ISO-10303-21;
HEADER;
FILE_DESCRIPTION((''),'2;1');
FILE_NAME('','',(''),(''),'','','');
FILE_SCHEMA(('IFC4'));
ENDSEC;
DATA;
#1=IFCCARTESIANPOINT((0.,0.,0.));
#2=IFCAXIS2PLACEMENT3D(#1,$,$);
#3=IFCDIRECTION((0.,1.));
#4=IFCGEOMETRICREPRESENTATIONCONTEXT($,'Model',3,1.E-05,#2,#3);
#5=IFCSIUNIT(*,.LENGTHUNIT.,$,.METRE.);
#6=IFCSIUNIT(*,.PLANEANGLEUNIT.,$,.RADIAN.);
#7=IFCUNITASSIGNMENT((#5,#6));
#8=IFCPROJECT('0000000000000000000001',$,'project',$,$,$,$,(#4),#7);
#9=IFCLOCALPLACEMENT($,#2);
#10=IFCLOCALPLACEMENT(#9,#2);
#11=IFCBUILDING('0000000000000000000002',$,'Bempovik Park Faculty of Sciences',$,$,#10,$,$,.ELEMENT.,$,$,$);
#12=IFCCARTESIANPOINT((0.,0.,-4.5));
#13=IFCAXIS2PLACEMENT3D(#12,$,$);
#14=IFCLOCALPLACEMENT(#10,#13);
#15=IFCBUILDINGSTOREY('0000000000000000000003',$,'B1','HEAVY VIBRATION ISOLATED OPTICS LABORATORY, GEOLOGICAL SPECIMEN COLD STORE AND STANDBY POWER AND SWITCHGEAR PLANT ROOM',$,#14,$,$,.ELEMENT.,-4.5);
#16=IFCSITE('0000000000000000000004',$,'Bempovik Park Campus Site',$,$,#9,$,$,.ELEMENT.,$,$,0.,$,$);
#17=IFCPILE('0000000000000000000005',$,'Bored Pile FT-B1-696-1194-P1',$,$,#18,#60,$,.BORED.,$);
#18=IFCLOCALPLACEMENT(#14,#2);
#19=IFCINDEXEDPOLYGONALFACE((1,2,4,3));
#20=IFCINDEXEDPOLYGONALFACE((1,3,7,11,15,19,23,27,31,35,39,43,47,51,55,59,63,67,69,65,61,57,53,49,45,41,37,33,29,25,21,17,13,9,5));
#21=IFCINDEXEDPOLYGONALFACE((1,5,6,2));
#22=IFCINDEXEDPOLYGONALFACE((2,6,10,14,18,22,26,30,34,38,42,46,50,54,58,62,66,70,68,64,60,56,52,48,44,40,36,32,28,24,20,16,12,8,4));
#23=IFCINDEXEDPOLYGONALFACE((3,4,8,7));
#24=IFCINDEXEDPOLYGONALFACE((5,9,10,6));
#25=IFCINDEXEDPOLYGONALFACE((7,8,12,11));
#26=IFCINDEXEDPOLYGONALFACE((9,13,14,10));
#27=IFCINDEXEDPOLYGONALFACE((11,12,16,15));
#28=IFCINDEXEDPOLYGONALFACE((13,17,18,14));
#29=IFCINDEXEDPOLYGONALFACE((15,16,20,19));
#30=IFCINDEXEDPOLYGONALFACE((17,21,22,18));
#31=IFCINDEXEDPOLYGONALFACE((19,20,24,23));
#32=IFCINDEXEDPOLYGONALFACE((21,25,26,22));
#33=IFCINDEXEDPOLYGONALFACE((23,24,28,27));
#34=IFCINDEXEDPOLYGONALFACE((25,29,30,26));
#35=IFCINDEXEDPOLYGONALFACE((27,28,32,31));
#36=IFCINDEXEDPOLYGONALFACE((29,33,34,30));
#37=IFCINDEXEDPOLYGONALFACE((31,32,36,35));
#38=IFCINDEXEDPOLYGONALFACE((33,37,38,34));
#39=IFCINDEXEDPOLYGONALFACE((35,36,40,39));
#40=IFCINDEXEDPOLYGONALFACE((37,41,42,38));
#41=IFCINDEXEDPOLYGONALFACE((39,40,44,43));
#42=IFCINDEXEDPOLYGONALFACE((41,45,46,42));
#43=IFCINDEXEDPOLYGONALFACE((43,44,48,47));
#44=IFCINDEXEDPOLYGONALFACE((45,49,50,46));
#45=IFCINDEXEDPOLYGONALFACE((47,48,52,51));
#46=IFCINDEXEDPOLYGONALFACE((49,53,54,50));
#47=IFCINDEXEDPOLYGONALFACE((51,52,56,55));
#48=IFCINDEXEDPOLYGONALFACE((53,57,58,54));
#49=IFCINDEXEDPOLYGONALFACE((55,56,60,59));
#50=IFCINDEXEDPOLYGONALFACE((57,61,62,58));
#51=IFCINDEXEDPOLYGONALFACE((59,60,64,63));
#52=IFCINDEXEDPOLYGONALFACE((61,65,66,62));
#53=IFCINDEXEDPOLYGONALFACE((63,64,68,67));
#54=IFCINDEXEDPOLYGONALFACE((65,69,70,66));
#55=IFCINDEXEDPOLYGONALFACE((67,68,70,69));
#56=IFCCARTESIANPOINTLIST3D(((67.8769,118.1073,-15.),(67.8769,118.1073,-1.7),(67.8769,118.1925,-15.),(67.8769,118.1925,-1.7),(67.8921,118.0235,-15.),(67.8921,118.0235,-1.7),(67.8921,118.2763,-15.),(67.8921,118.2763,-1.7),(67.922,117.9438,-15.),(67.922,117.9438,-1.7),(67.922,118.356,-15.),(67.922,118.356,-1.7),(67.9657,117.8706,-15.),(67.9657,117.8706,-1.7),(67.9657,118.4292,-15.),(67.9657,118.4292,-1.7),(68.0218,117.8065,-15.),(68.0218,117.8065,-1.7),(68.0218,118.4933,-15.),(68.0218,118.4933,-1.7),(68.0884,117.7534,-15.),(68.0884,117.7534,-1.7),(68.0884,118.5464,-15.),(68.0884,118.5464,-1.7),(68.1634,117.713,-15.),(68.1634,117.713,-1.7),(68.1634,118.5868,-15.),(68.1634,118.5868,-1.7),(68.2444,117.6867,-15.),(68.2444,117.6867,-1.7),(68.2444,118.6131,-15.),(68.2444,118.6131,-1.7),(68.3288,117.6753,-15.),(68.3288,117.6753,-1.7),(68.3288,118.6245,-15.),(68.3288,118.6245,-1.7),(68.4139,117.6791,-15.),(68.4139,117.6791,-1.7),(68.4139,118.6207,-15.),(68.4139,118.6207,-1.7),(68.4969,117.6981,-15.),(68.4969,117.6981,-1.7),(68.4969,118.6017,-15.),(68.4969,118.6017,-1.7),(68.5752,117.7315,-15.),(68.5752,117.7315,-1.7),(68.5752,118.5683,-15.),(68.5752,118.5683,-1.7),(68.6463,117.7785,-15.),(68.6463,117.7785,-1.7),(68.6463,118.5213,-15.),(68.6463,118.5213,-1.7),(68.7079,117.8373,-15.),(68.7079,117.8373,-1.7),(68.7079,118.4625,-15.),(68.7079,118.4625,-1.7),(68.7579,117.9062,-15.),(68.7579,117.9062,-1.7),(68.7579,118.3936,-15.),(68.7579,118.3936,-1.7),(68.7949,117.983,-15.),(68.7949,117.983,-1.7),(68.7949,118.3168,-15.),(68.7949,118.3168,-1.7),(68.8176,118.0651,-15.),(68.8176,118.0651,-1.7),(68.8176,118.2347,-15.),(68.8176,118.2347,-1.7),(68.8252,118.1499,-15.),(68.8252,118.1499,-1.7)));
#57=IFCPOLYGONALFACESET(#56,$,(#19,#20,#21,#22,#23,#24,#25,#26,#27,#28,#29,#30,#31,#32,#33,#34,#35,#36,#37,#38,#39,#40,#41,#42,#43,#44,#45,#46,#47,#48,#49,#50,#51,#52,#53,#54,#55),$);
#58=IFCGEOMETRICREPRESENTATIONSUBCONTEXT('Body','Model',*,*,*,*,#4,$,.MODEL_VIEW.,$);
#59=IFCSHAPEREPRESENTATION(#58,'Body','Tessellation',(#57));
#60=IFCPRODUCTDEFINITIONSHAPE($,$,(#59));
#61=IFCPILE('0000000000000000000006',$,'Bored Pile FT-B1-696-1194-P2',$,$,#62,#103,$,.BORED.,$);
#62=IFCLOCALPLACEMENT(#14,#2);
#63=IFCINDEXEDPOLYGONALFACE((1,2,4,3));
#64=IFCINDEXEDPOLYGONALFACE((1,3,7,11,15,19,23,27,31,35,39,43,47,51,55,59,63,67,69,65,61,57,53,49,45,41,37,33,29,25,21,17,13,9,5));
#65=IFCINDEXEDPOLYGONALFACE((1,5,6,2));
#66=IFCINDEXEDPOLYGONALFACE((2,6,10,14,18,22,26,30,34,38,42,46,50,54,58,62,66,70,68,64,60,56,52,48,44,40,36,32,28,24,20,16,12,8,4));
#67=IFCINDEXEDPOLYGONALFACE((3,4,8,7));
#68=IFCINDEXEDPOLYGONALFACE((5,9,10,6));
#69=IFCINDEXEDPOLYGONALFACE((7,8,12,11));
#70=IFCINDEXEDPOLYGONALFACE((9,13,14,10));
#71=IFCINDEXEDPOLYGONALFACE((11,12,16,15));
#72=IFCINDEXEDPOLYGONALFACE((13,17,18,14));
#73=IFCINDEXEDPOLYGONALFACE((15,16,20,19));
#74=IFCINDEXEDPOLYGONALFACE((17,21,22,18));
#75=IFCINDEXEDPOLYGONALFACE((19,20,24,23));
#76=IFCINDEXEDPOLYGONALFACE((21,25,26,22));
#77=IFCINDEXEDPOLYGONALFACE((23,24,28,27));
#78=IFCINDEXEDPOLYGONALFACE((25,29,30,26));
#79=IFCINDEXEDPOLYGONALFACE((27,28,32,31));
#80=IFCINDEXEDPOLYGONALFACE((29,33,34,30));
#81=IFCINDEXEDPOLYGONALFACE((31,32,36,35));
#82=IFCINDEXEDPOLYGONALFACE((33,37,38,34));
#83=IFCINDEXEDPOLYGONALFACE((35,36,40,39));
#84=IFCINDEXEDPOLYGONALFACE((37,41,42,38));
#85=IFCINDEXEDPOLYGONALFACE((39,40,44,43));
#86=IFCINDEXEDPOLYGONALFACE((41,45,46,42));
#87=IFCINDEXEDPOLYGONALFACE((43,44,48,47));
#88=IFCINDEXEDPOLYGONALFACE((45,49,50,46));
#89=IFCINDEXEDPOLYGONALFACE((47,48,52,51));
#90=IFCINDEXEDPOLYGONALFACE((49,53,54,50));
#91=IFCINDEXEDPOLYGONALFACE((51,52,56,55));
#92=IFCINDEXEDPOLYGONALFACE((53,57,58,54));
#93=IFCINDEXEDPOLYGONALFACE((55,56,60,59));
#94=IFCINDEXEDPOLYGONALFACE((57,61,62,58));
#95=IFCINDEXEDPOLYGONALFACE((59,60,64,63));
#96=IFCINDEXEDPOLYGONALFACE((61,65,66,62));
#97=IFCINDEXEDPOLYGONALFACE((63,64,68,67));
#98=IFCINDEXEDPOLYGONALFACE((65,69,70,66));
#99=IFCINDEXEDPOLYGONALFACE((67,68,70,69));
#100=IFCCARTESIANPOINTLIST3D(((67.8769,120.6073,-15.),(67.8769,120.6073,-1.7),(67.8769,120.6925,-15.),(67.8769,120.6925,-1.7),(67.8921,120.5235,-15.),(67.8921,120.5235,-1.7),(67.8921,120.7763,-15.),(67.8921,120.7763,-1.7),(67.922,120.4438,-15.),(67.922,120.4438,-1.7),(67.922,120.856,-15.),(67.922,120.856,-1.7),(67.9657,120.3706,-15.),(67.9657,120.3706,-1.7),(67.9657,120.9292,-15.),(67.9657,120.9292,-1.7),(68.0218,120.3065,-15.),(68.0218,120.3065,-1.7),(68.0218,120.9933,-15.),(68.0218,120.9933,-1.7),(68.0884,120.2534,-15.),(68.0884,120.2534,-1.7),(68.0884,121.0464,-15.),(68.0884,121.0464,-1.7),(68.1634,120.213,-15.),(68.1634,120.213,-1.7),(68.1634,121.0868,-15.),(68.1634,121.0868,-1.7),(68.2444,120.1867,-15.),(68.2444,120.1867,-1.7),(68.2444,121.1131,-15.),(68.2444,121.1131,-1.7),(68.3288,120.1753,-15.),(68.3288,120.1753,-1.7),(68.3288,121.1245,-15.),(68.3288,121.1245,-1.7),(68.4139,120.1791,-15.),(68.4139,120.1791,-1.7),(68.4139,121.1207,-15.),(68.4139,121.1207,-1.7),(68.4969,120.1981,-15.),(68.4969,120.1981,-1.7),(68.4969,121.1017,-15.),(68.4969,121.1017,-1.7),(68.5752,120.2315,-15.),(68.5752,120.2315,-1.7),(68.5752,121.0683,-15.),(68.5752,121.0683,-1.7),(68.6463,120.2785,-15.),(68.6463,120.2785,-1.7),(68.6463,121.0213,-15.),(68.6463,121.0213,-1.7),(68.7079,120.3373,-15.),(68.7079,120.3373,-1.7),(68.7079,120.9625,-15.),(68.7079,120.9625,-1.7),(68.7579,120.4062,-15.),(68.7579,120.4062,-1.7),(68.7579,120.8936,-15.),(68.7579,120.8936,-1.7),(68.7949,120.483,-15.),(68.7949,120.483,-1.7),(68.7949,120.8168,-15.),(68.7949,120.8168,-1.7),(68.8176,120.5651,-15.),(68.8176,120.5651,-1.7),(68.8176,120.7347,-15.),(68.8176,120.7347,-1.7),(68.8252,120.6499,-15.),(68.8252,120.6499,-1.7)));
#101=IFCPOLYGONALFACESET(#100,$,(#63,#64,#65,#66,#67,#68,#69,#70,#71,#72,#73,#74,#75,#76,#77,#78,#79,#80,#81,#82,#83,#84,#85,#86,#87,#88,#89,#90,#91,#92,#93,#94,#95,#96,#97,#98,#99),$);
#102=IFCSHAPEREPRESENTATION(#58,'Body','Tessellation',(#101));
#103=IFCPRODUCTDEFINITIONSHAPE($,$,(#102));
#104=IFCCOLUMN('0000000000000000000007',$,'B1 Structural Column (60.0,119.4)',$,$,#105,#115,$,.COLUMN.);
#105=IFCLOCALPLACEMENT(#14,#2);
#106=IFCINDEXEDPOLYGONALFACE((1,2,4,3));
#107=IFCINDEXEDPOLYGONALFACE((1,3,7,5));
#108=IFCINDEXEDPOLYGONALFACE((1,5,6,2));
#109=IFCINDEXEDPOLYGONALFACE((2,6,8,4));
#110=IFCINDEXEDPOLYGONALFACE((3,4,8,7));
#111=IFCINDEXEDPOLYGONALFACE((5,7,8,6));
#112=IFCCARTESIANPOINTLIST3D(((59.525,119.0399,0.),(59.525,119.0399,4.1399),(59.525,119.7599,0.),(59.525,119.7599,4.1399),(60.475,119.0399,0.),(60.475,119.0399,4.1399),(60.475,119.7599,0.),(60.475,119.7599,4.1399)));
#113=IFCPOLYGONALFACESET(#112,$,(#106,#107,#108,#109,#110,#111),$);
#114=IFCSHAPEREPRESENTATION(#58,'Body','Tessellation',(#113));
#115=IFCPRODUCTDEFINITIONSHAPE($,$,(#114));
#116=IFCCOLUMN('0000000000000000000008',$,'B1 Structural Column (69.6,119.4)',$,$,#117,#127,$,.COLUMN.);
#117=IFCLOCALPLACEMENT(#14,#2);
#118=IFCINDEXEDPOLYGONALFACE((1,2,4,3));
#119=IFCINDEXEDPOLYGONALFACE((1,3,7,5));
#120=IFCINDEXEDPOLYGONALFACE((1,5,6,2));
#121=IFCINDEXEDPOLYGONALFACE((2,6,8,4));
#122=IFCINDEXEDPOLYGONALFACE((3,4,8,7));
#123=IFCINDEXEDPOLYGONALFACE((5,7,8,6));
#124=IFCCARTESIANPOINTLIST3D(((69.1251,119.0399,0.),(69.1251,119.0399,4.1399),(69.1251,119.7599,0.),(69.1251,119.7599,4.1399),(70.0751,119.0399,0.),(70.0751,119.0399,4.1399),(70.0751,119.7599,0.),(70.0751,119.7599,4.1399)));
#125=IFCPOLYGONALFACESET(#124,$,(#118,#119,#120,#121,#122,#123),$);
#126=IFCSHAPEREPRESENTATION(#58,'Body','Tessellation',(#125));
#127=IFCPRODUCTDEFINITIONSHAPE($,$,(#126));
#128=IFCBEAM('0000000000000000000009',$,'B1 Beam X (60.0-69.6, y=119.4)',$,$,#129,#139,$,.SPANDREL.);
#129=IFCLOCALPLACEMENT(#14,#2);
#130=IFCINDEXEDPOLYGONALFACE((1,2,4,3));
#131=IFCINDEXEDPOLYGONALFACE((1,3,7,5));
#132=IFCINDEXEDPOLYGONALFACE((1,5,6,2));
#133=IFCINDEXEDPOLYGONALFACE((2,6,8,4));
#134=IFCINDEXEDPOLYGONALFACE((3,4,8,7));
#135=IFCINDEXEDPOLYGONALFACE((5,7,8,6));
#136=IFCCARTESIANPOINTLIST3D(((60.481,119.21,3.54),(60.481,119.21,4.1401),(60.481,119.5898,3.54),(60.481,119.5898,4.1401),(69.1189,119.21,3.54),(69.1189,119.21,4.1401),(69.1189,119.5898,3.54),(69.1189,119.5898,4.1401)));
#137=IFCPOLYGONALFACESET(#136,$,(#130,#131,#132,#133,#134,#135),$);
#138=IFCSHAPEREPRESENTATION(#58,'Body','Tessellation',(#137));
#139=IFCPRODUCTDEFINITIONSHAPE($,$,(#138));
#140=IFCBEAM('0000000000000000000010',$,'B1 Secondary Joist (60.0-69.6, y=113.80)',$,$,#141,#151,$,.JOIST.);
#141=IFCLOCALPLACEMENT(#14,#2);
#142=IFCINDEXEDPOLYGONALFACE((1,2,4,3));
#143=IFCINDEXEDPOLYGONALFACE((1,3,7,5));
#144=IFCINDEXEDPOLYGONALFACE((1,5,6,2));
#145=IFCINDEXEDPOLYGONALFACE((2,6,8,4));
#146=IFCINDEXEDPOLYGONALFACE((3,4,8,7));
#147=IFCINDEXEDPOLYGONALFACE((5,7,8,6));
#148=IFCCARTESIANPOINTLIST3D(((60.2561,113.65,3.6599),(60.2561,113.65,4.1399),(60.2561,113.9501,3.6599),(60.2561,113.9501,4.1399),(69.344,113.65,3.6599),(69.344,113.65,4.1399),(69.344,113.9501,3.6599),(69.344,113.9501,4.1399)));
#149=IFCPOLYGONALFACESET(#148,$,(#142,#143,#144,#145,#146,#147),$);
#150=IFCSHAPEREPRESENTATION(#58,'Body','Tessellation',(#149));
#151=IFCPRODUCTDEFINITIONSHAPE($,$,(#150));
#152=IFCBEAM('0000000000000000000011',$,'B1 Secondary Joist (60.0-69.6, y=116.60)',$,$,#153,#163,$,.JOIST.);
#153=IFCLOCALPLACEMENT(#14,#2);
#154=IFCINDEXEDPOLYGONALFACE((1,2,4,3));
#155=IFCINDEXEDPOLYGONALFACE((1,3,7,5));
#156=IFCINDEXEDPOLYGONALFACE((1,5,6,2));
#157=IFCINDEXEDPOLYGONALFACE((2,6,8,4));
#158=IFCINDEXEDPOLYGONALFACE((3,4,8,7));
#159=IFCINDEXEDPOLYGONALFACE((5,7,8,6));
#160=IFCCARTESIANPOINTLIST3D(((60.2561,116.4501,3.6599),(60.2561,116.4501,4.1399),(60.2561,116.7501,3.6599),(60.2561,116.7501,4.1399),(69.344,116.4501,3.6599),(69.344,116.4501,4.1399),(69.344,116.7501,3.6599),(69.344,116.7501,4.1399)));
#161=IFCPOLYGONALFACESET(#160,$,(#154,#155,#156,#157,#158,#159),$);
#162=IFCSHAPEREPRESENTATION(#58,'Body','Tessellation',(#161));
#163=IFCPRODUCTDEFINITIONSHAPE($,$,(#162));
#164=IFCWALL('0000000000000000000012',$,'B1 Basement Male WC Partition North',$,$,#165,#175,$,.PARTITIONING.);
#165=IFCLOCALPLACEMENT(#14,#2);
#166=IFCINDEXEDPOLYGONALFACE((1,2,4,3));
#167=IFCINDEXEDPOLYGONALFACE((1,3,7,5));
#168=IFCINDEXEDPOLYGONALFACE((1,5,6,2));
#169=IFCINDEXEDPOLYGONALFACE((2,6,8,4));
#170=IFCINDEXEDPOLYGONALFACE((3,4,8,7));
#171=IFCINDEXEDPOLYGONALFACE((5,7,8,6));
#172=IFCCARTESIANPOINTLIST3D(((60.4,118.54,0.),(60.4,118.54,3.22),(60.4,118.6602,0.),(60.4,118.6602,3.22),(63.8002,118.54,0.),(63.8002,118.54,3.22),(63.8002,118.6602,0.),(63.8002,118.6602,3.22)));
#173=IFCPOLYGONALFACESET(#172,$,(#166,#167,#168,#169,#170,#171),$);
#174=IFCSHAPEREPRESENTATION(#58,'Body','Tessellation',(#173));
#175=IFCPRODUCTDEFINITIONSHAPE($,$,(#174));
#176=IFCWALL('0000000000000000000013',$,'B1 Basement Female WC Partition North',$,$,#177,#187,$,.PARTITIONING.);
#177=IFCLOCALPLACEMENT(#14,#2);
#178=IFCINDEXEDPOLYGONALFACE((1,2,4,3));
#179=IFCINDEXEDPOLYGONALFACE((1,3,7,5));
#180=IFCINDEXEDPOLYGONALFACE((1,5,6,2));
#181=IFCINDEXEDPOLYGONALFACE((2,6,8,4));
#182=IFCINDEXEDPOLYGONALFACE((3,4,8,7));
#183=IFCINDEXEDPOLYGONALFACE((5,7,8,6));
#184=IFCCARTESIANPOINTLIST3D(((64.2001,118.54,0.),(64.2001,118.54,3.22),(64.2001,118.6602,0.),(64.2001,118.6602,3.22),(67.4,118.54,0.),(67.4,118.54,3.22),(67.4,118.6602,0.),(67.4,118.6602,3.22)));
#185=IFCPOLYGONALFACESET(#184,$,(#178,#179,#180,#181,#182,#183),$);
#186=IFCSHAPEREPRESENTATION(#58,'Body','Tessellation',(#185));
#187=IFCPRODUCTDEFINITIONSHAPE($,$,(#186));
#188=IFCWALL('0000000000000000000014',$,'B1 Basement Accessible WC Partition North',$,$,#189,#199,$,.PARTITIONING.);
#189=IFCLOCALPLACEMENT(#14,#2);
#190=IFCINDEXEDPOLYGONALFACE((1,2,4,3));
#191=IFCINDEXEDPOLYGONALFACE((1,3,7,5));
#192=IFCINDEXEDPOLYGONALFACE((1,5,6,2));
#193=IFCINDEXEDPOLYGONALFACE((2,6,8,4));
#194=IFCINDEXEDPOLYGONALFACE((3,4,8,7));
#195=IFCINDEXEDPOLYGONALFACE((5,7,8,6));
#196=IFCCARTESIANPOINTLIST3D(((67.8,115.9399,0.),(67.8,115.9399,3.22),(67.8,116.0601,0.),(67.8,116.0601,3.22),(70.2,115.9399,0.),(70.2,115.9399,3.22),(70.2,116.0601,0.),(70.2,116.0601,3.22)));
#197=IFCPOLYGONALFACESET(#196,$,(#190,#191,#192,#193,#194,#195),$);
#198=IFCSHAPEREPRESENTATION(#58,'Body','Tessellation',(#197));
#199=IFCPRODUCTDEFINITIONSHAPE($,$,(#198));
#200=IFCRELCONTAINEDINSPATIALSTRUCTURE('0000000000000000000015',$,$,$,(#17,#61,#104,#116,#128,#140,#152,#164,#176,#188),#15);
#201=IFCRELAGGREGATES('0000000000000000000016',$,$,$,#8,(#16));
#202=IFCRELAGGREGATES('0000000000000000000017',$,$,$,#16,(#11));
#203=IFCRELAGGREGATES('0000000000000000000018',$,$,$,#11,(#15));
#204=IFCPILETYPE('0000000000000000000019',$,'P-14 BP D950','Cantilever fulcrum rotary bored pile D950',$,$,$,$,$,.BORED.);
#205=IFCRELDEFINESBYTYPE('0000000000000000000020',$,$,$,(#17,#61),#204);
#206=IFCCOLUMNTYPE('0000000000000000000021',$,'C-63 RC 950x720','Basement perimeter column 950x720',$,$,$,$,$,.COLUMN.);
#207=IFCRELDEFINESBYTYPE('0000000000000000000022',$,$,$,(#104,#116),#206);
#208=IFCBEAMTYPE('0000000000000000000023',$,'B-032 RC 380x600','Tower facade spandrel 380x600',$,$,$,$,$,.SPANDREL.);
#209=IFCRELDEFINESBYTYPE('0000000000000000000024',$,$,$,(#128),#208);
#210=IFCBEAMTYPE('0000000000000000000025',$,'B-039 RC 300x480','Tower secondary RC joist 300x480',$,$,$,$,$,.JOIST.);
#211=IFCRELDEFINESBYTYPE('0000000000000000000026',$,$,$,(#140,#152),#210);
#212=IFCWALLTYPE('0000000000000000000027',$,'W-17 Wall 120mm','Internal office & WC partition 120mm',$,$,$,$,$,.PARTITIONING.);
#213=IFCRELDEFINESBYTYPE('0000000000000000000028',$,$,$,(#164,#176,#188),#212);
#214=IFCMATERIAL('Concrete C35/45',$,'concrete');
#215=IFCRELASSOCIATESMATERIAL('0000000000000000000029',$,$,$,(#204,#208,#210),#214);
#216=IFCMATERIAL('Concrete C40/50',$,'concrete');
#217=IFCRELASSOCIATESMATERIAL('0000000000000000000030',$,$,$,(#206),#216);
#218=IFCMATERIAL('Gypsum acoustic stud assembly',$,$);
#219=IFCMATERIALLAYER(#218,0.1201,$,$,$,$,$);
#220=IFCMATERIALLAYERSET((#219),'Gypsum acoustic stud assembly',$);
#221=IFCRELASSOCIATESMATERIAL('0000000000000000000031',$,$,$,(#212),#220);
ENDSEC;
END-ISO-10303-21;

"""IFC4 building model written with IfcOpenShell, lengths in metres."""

from ifc_helpers import new_model, si_unit, direction, frame, frame_2d, origin, origin_2d, place, context, subcontext, project, spatial, rectangle, circle, extrude, material, layer, layer_set, material_profile, profile_set, type_object, element, save


model = new_model("IFC4")

# Units and contexts
model_context = context("Model", 3, precision=1e-05, world=origin(), true_north=direction((0.0, 1.0)))
body_context = subcontext(model_context, "Body", "Model", "MODEL_VIEW")
ifc_project = project(units=[si_unit("LENGTHUNIT", "METRE"), si_unit("PLANEANGLEUNIT", "RADIAN")], contexts=[model_context])

# Site, building, storey
site_placement = place(None, origin())
site = spatial("IfcSite", under=ifc_project, at=site_placement, Name="Bempovik Park Campus Site", CompositionType="ELEMENT", RefElevation=0.0)
building_placement = place(site_placement, origin())
building = spatial("IfcBuilding", under=site, at=building_placement, Name="Bempovik Park Faculty of Sciences", CompositionType="ELEMENT")
storey_placement = place(building_placement, frame((0.0, 0.0, -4.5)))
storey = spatial("IfcBuildingStorey", under=building, at=storey_placement, Name="B1", Description="HEAVY VIBRATION ISOLATED OPTICS LABORATORY, GEOLOGICAL SPECIMEN COLD STORE AND STANDBY POWER AND SWITCHGEAR PLANT ROOM", CompositionType="ELEMENT", Elevation=-4.5)

# Shared definitions
ifc_material_1 = material(Name="Concrete C35/45", Category="concrete")

# Piles
ifc_material_profile_1 = material_profile(ifc_material_1, circle(Radius=0.4751, at=origin_2d()), Name="BP D950")
ifc_profile_set_1 = profile_set([ifc_material_profile_1], Name="Concrete C35/45")
pile_type = type_object("IfcPileType", Name="P-14 BP D950", Description="Cantilever fulcrum rotary bored pile D950", PredefinedType="BORED", material=ifc_profile_set_1)
for number, where, z_axis, x_axis, name in (
    (1, (68.3501, 118.1499, -1.7), (0.0, 0.0, -1.0), (1.0, 0.0, 0.0), "Bored Pile FT-B1-696-1194-P1"),
    (2, (68.3501, 120.6499, -1.7), (0.0, 0.0, -1.0), (1.0, 0.0, 0.0), "Bored Pile FT-B1-696-1194-P2"),
):
    element("IfcPile", number, at=place(storey_placement, frame(where, z_axis=z_axis, x_axis=x_axis)), inside=storey, type_object=pile_type, Name=name, PredefinedType="BORED", context=body_context, shape_type="SweptSolid", body=[
        extrude(circle(Radius=0.4751, at=origin_2d()), origin(), (0.0, 0.0, 1.0), 13.3),
    ])

# Columns
ifc_material_2 = material(Name="Concrete C40/50", Category="concrete")
ifc_material_profile_2 = material_profile(ifc_material_2, rectangle(XDim=0.95, YDim=0.72, at=origin_2d()), Name="RC 950x720")
ifc_profile_set_2 = profile_set([ifc_material_profile_2], Name="Concrete C40/50")
column_type = type_object("IfcColumnType", Name="C-63 RC 950x720", Description="Basement perimeter column 950x720", PredefinedType="COLUMN", material=ifc_profile_set_2)
for number, where, z_axis, x_axis, name in (
    (3, (60.0, 119.3999, 0.0), (0.0, 0.0, 1.0), (1.0, 0.0, 0.0), "B1 Structural Column (60.0,119.4)"),
    (4, (69.6001, 119.3999, 0.0), (0.0, 0.0, 1.0), (1.0, 0.0, 0.0), "B1 Structural Column (69.6,119.4)"),
):
    element("IfcColumn", number, at=place(storey_placement, frame(where, z_axis=z_axis, x_axis=x_axis)), inside=storey, type_object=column_type, Name=name, PredefinedType="COLUMN", context=body_context, shape_type="SweptSolid", body=[
        extrude(rectangle(XDim=0.95, YDim=0.72, at=origin_2d()), origin(), (0.0, 0.0, 1.0), 4.1399),
    ])

# Beams
ifc_material_profile_3 = material_profile(ifc_material_1, rectangle(XDim=0.3799, YDim=0.6001, at=origin_2d()), Name="RC 380x600")
ifc_profile_set_3 = profile_set([ifc_material_profile_3], Name="Concrete C35/45")
beam_type_1 = type_object("IfcBeamType", Name="B-032 RC 380x600", Description="Tower facade spandrel 380x600", PredefinedType="SPANDREL", material=ifc_profile_set_3)
beam_placement = place(storey_placement, frame((60.481, 119.3999, 3.8401), z_axis=(1.0, 0.0, 0.0), x_axis=(0.0, 1.0, 0.0)))
element("IfcBeam", 5, at=beam_placement, inside=storey, type_object=beam_type_1, Name="B1 Beam X (60.0-69.6, y=119.4)", PredefinedType="SPANDREL", context=body_context, shape_type="SweptSolid", body=[
    extrude(rectangle(XDim=0.3799, YDim=0.6001, at=origin_2d()), origin(), (0.0, 0.0, 1.0), 8.6379),
])
ifc_material_profile_4 = material_profile(ifc_material_1, rectangle(XDim=0.3, YDim=0.48, at=origin_2d()), Name="RC 300x480")
ifc_profile_set_4 = profile_set([ifc_material_profile_4], Name="Concrete C35/45")
beam_type_2 = type_object("IfcBeamType", Name="B-039 RC 300x480", Description="Tower secondary RC joist 300x480", PredefinedType="JOIST", material=ifc_profile_set_4)
for number, where, z_axis, x_axis, name in (
    (6, (60.2561, 113.8, 3.8999), (1.0, 0.0, 0.0), (0.0, 1.0, 0.0), "B1 Secondary Joist (60.0-69.6, y=113.80)"),
    (7, (60.2561, 116.6001, 3.8999), (1.0, 0.0, 0.0), (0.0, 1.0, 0.0), "B1 Secondary Joist (60.0-69.6, y=116.60)"),
):
    element("IfcBeam", number, at=place(storey_placement, frame(where, z_axis=z_axis, x_axis=x_axis)), inside=storey, type_object=beam_type_2, Name=name, PredefinedType="JOIST", context=body_context, shape_type="SweptSolid", body=[
        extrude(rectangle(XDim=0.3, YDim=0.48, at=origin_2d()), origin(), (0.0, 0.0, 1.0), 9.0879),
    ])

# Walls
ifc_material_3 = material(Name="Gypsum acoustic stud assembly")
ifc_layer_1 = layer(ifc_material_3, 0.1201)
ifc_layer_set_1 = layer_set([ifc_layer_1], Name="Gypsum acoustic stud assembly")
wall_type_1 = type_object("IfcWallType", Name="W-17 Wall 120mm", Description="Internal office & WC partition 120mm", PredefinedType="PARTITIONING", material=ifc_layer_set_1)
wall_1_placement = place(storey_placement, frame((60.3999, 118.6001, 0.0), z_axis=(0.0, 0.0, 1.0), x_axis=(1.0, 0.0, 0.0)))
element("IfcWall", 8, at=wall_1_placement, inside=storey, type_object=wall_type_1, Name="B1 Basement Male WC Partition North", PredefinedType="PARTITIONING", context=body_context, shape_type="SweptSolid", body=[
    extrude(rectangle(XDim=3.4001, YDim=0.1201, at=frame_2d((1.7002, 0.0))), origin(), (0.0, 0.0, 1.0), 3.22),
])
wall_2_placement = place(storey_placement, frame((64.2, 118.6001, 0.0), z_axis=(0.0, 0.0, 1.0), x_axis=(1.0, 0.0, 0.0)))
element("IfcWall", 9, at=wall_2_placement, inside=storey, type_object=wall_type_1, Name="B1 Basement Female WC Partition North", PredefinedType="PARTITIONING", context=body_context, shape_type="SweptSolid", body=[
    extrude(rectangle(XDim=3.2, YDim=0.1201, at=frame_2d((1.6001, 0.0))), origin(), (0.0, 0.0, 1.0), 3.22),
])
wall_3_placement = place(storey_placement, frame((67.8, 116.0, 0.0), z_axis=(0.0, 0.0, 1.0), x_axis=(1.0, 0.0, 0.0)))
element("IfcWall", 10, at=wall_3_placement, inside=storey, type_object=wall_type_1, Name="B1 Basement Accessible WC Partition North", PredefinedType="PARTITIONING", context=body_context, shape_type="SweptSolid", body=[
    extrude(rectangle(XDim=2.3999, YDim=0.1201, at=frame_2d((1.2, 0.0))), origin(), (0.0, 0.0, 1.0), 3.22),
])

save(model, "model.ifc")
